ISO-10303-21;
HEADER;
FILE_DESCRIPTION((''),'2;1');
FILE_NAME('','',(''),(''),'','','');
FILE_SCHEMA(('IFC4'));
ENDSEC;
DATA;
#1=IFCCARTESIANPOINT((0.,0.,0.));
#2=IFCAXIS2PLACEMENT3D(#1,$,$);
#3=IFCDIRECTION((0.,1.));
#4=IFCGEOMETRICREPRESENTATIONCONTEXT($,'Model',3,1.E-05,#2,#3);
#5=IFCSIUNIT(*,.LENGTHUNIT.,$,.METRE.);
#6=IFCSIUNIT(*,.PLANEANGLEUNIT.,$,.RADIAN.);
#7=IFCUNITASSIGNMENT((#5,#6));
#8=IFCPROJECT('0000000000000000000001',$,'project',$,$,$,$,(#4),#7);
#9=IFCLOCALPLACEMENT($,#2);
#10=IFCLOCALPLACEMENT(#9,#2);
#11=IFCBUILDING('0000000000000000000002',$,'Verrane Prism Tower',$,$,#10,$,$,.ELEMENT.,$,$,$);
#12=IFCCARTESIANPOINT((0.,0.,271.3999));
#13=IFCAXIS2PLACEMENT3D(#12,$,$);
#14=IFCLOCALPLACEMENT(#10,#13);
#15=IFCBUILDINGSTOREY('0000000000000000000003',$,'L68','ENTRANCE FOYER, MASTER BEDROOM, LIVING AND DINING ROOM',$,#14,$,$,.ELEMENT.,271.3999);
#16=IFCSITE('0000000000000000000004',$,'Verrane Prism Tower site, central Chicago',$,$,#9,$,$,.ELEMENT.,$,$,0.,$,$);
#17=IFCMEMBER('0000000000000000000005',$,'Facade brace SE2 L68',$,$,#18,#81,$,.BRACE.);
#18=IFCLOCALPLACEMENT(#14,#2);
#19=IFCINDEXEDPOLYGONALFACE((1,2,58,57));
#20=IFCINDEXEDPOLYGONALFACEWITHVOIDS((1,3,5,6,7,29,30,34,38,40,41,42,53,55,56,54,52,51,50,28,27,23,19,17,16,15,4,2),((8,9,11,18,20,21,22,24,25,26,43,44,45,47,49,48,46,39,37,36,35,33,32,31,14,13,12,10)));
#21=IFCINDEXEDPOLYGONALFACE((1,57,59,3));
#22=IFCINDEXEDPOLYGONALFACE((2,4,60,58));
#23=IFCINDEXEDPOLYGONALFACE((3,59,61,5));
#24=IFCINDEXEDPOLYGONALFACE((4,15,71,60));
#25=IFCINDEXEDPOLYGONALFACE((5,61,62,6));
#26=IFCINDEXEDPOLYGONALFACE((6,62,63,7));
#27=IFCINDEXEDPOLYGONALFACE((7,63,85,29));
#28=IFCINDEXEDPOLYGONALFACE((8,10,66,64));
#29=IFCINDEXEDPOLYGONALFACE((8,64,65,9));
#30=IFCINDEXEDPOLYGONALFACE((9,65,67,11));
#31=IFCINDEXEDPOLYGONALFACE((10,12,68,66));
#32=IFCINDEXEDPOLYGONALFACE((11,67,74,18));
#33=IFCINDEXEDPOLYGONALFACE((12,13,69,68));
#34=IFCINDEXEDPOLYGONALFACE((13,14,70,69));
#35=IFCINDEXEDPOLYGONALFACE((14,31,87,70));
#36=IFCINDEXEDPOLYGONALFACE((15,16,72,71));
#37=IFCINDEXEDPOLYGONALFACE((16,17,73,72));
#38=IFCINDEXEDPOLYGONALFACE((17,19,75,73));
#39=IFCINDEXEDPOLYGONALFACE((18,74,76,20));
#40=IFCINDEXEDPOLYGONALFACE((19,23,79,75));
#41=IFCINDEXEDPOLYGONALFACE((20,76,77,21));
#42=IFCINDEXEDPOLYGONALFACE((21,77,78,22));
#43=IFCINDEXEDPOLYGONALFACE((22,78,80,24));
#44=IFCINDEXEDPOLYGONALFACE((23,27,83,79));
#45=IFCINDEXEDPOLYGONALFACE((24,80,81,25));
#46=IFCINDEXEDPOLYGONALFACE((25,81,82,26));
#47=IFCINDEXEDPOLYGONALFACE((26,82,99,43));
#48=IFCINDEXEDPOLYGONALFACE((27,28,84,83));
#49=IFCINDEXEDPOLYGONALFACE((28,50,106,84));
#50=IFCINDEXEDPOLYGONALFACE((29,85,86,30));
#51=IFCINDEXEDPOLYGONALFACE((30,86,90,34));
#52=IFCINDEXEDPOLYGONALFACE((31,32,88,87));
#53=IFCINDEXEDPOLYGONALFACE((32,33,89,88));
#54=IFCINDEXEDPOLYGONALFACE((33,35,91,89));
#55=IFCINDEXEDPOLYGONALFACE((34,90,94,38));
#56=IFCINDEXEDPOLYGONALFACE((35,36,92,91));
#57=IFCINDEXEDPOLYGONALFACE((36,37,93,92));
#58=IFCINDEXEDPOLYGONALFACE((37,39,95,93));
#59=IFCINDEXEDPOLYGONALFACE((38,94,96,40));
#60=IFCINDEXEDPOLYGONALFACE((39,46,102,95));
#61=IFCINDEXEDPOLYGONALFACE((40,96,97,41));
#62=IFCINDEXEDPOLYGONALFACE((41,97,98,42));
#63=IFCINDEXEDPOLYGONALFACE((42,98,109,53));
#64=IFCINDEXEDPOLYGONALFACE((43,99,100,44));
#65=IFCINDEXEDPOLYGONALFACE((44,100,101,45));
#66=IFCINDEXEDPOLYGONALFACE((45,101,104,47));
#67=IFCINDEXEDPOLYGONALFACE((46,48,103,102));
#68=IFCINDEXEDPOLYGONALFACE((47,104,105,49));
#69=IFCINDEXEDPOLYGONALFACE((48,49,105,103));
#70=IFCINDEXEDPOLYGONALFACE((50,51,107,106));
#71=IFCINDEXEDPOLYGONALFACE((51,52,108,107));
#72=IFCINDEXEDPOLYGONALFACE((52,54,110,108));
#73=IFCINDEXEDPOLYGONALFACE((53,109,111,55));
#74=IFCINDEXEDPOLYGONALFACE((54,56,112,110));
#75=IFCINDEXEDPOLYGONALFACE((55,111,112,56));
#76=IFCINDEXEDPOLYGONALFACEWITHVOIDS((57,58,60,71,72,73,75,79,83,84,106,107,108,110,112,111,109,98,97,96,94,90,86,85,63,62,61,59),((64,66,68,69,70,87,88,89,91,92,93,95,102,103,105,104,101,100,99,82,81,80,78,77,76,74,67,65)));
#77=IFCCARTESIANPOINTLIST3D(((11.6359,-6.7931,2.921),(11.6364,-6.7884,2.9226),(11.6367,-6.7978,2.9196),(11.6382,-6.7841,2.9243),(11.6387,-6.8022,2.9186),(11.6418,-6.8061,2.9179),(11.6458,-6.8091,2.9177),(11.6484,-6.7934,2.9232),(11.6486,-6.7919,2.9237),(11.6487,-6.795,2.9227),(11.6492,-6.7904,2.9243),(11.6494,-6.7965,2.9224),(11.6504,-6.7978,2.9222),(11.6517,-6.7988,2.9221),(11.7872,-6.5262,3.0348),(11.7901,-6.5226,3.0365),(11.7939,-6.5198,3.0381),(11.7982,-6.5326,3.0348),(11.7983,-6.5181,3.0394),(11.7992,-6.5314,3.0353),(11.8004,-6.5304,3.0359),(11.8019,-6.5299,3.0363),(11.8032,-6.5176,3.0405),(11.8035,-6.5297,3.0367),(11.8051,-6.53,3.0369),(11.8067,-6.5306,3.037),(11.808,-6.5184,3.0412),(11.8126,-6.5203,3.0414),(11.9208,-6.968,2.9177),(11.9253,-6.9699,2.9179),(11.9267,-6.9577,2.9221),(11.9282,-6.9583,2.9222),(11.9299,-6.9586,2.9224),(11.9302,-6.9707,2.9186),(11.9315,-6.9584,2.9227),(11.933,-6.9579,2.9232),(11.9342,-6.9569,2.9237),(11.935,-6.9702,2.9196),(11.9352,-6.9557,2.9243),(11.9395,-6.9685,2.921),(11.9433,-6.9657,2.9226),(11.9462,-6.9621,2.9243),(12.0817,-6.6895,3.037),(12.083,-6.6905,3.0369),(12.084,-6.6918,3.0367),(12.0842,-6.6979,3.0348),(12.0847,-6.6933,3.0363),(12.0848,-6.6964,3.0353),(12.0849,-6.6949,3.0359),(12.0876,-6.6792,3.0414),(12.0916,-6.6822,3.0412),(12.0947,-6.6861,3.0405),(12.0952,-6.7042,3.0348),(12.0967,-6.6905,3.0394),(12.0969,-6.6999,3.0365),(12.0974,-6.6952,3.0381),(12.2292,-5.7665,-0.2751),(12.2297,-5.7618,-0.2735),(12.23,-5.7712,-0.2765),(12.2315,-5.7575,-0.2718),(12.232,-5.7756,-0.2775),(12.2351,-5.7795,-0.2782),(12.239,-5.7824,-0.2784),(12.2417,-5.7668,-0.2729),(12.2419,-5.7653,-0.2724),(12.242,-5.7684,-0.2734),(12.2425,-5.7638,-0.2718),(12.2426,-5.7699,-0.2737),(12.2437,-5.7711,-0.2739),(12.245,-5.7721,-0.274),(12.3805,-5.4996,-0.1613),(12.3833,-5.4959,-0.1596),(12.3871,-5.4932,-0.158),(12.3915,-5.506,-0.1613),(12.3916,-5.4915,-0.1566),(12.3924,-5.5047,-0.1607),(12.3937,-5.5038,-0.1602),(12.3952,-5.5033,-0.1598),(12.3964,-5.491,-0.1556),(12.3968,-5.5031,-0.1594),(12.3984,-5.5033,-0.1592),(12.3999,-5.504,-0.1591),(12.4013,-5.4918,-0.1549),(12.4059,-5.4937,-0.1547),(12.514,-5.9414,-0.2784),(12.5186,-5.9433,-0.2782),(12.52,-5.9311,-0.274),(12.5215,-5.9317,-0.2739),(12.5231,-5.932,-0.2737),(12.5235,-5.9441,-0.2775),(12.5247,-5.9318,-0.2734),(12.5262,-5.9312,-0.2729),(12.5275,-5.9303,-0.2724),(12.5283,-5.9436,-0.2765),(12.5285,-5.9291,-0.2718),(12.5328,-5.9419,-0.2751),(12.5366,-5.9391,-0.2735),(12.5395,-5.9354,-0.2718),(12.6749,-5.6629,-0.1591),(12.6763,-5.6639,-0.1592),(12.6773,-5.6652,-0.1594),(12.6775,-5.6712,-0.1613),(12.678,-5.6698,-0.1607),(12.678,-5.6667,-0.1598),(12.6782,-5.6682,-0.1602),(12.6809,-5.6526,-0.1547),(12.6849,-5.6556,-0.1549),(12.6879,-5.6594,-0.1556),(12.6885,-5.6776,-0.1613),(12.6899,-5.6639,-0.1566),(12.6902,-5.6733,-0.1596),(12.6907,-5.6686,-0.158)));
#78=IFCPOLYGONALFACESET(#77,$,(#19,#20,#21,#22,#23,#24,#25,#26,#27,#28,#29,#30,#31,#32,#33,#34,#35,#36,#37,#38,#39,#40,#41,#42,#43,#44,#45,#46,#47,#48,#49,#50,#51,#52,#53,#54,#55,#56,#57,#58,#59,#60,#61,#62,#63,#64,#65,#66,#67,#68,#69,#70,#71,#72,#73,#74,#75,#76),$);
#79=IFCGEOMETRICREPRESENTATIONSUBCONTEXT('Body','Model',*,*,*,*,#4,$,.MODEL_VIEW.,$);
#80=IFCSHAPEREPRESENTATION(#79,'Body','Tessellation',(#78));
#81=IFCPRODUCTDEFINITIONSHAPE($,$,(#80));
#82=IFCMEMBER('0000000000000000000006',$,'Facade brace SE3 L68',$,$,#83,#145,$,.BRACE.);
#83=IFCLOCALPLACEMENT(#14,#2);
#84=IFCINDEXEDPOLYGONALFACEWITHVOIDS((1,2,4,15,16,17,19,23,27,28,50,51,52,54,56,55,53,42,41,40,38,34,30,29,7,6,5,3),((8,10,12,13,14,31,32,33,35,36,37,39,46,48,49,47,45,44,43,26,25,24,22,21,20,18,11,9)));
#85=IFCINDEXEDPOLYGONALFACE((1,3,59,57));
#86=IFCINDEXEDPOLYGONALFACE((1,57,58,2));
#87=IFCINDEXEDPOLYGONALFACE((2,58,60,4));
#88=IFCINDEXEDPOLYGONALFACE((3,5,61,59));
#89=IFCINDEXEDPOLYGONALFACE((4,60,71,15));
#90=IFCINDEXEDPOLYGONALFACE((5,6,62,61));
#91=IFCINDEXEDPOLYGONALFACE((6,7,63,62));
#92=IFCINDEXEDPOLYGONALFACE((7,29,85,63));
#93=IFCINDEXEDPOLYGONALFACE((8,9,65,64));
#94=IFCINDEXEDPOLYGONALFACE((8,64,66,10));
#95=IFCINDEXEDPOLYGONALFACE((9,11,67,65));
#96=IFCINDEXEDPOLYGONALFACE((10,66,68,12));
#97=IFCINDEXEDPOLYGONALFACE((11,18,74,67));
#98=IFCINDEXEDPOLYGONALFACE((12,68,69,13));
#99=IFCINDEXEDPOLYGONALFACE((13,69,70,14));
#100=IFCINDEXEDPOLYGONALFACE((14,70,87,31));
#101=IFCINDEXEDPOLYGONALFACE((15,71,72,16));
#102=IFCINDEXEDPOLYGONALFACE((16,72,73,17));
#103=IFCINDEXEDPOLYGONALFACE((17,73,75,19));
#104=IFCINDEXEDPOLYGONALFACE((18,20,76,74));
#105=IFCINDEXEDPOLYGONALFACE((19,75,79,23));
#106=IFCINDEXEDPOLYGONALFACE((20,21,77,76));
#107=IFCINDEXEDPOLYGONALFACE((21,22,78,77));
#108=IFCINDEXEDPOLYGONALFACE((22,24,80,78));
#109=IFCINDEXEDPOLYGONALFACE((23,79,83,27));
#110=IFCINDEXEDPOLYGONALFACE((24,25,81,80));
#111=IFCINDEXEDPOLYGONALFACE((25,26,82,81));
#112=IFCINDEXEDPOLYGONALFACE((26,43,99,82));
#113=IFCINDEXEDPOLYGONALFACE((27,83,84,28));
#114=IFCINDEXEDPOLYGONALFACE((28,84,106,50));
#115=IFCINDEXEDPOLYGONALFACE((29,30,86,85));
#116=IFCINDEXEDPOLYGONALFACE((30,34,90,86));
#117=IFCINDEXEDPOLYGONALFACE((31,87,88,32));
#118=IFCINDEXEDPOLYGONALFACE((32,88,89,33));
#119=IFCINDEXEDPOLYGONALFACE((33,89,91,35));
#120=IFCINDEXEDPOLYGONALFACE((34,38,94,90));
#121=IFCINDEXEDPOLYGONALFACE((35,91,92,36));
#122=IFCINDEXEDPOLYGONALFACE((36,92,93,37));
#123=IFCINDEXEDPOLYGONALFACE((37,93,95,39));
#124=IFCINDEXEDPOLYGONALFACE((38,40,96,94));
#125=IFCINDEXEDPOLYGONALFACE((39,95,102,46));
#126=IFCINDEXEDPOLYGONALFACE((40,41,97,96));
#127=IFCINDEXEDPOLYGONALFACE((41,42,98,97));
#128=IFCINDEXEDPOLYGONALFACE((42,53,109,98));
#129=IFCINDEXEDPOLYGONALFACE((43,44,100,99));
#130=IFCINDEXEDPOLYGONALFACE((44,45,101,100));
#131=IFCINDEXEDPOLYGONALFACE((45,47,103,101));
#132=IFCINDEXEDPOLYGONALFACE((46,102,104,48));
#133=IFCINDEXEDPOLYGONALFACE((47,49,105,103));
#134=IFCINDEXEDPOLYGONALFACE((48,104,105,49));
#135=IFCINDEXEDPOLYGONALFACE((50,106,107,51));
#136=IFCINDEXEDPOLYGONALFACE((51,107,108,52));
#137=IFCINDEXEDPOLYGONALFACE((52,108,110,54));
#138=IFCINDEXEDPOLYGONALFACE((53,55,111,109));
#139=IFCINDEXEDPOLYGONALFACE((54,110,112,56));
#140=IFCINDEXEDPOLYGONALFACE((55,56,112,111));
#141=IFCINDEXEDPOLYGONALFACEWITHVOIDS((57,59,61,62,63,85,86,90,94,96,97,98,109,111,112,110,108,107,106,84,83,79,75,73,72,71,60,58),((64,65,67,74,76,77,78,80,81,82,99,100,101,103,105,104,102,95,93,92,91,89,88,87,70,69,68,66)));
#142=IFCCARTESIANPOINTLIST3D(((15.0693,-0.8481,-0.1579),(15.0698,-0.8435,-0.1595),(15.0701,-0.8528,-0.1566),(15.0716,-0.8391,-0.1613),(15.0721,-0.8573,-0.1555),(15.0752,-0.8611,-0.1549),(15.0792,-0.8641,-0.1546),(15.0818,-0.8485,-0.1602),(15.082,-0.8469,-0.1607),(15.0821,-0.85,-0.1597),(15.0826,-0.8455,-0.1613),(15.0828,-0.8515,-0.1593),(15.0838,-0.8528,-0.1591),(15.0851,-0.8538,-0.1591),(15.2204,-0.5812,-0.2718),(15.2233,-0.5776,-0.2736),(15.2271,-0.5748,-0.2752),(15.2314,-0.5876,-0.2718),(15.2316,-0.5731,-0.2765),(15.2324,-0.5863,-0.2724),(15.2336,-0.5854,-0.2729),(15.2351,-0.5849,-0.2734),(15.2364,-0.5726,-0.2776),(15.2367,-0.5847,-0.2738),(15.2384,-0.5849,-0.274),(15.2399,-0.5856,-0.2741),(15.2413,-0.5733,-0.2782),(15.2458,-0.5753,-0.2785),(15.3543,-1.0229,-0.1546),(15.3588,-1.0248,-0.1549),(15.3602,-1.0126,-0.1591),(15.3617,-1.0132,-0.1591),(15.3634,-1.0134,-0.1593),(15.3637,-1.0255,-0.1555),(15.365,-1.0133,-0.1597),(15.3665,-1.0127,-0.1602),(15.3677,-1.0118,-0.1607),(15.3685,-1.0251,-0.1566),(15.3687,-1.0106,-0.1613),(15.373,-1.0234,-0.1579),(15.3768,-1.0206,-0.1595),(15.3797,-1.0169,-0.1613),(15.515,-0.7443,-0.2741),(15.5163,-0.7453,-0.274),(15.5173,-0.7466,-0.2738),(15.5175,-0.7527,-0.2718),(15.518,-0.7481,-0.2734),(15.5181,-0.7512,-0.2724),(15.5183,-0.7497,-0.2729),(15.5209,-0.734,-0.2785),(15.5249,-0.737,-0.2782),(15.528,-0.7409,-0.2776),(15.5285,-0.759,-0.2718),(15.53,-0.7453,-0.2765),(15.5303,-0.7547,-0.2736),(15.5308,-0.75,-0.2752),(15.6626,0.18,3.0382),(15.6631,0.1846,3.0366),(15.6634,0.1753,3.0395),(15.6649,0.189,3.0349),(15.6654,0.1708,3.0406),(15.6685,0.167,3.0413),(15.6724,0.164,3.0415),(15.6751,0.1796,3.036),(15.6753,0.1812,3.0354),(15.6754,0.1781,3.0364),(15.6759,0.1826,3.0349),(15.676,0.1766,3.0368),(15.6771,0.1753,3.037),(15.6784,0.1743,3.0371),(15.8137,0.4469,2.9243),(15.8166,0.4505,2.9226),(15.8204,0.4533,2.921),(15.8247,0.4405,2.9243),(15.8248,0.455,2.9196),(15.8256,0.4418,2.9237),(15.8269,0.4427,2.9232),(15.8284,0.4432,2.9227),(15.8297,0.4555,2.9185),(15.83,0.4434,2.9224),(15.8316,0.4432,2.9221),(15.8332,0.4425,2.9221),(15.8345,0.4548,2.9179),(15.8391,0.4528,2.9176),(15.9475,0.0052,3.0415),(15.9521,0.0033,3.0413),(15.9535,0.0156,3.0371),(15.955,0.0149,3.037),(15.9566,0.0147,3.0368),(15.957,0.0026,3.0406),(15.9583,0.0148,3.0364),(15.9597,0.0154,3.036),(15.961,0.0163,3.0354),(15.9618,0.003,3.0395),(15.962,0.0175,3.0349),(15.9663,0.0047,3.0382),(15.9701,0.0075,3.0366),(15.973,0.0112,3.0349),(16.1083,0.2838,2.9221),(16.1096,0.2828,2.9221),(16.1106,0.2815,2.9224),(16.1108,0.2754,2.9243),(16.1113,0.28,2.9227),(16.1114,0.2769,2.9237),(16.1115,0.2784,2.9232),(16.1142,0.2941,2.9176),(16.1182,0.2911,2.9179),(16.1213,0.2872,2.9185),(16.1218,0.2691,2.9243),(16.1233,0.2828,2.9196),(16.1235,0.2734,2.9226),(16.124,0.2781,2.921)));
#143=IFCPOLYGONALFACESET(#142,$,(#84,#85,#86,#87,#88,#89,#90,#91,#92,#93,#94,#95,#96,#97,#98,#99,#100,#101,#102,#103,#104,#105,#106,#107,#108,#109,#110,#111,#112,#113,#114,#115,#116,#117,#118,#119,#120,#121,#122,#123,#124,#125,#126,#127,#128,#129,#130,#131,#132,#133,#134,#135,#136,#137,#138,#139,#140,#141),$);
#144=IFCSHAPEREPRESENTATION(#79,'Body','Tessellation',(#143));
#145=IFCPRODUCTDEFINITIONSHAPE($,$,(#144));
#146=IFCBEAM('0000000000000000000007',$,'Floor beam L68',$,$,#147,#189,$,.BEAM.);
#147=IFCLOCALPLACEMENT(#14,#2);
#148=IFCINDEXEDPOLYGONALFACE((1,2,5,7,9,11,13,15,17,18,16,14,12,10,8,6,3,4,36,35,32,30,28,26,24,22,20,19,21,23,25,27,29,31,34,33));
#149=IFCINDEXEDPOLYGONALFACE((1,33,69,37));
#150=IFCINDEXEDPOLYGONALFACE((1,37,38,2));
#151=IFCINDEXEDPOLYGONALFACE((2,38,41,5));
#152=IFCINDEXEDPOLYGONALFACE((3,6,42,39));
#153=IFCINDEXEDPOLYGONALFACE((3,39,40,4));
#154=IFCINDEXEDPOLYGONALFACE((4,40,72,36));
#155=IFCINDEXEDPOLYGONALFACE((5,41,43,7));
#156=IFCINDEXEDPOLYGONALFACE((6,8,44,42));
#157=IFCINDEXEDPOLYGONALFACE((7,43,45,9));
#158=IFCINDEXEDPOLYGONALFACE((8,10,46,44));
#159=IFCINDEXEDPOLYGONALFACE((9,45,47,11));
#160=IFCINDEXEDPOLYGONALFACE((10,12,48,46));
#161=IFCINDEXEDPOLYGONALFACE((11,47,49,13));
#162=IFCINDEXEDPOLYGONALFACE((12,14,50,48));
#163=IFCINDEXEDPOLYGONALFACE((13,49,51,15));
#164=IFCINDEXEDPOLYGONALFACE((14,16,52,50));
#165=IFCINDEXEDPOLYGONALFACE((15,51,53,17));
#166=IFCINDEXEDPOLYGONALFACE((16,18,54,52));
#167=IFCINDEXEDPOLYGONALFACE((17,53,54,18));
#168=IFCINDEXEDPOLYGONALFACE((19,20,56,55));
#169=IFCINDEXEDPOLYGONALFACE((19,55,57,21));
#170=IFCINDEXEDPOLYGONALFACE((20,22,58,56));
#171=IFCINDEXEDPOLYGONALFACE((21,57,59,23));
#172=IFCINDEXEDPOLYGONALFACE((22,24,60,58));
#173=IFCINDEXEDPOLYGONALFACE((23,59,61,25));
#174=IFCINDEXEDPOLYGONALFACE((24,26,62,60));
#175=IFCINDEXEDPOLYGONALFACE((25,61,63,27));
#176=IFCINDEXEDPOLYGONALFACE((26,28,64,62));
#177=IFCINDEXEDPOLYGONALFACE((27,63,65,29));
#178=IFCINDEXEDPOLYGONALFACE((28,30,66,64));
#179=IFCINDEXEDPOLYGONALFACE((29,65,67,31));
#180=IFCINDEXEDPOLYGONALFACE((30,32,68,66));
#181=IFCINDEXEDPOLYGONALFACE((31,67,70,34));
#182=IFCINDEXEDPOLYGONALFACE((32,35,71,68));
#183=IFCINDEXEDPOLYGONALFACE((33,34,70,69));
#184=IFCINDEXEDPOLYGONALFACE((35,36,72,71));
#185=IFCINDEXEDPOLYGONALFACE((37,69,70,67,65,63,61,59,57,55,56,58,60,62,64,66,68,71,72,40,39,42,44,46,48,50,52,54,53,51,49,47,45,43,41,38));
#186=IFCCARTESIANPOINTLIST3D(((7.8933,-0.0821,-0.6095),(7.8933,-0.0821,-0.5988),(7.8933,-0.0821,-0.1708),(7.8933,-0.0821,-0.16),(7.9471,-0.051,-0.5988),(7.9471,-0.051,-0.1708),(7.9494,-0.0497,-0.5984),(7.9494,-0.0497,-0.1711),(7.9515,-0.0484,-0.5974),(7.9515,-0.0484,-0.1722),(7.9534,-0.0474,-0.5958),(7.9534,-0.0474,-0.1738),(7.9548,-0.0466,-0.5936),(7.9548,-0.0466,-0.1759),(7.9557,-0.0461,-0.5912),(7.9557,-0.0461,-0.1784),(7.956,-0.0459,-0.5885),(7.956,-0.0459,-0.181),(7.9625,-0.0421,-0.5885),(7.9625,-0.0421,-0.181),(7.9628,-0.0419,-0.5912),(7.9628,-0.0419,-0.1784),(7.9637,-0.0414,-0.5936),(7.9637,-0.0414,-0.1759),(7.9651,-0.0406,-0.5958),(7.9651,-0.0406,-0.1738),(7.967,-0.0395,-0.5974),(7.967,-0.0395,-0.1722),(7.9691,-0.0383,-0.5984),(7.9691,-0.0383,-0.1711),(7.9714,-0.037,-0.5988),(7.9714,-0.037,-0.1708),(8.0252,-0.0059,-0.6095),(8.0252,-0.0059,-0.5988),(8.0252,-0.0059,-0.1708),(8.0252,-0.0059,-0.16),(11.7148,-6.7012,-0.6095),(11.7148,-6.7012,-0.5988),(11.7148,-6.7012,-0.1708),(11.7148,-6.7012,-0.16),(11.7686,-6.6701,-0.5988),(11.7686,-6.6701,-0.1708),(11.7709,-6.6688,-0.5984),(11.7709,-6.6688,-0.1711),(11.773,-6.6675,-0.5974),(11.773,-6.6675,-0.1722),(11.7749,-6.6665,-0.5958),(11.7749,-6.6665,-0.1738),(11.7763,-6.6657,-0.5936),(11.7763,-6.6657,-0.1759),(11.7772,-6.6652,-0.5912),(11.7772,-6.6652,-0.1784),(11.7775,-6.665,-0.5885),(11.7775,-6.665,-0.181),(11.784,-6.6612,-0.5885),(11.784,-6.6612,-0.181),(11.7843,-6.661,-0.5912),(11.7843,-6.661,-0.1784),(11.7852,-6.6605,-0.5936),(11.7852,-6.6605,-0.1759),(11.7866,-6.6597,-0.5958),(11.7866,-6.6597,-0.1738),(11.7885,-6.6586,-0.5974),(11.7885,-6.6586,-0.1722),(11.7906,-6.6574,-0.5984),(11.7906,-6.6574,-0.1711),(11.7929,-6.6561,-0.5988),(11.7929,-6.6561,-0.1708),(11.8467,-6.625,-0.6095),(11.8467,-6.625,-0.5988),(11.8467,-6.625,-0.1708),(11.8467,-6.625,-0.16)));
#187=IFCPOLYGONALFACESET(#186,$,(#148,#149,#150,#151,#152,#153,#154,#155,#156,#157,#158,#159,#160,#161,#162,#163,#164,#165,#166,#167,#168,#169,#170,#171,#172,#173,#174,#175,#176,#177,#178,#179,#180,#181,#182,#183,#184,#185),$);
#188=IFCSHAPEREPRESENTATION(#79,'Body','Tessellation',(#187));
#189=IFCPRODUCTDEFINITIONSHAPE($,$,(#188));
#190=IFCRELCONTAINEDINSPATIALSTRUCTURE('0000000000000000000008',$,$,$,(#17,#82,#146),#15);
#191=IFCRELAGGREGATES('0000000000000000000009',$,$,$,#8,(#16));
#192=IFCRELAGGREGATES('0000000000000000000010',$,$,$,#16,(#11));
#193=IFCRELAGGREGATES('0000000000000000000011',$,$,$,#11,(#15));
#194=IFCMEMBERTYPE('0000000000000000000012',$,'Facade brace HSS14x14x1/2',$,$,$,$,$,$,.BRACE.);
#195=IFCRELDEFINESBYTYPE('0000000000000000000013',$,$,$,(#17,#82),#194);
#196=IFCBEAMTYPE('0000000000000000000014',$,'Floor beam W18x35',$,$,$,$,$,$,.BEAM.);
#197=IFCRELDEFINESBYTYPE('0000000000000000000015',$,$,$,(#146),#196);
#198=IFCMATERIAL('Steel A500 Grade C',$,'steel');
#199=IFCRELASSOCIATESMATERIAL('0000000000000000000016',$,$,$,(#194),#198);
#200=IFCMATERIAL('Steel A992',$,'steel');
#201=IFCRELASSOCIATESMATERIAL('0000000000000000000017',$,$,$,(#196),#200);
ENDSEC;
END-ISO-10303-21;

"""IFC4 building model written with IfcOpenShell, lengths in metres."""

from ifc_helpers import new_model, si_unit, direction, frame, origin, origin_2d, place, context, subcontext, project, spatial, hollow_rectangle, i_section, extrude, material, material_profile, profile_set, type_object, element, save


model = new_model("IFC4")

# Units and contexts
model_context = context("Model", 3, precision=1e-05, world=origin(), true_north=direction((0.0, 1.0)))
body_context = subcontext(model_context, "Body", "Model", "MODEL_VIEW")
ifc_project = project(units=[si_unit("LENGTHUNIT", "METRE"), si_unit("PLANEANGLEUNIT", "RADIAN")], contexts=[model_context])

# Site, building, storey
site_placement = place(None, origin())
site = spatial("IfcSite", under=ifc_project, at=site_placement, Name="Verrane Prism Tower site, central Chicago", CompositionType="ELEMENT", RefElevation=0.0)
building_placement = place(site_placement, origin())
building = spatial("IfcBuilding", under=site, at=building_placement, Name="Verrane Prism Tower", CompositionType="ELEMENT")
storey_placement = place(building_placement, frame((0.0, 0.0, 271.3999)))
storey = spatial("IfcBuildingStorey", under=building, at=storey_placement, Name="L68", Description="ENTRANCE FOYER, MASTER BEDROOM, LIVING AND DINING ROOM", CompositionType="ELEMENT", Elevation=271.3999)

# Members
ifc_material_1 = material(Name="Steel A500 Grade C", Category="steel")
ifc_material_profile_1 = material_profile(ifc_material_1, hollow_rectangle(XDim=0.3557, YDim=0.3557, WallThickness=0.0127, InnerFilletRadius=0.0063, OuterFilletRadius=0.019, at=origin_2d()), Name="HSS14x14x1/2")
ifc_profile_set_1 = profile_set([ifc_material_profile_1], Name="Steel A500 Grade C")
member_type_1 = type_object("IfcMemberType", Name="Facade brace HSS14x14x1/2", PredefinedType="BRACE", material=ifc_profile_set_1)
member_1_placement = place(storey_placement, frame((12.46, -5.7175, -0.2166), z_axis=(-0.174033, -0.301156, 0.937559), x_axis=(0.865825, -0.500346, 0.0)))
element("IfcMember", 1, at=member_1_placement, inside=storey, type_object=member_type_1, Name="Facade brace SE2 L68", PredefinedType="BRACE", context=body_context, shape_type="SweptSolid", body=[
    extrude(hollow_rectangle(XDim=0.3557, YDim=0.3557, WallThickness=0.0127, InnerFilletRadius=0.0063, OuterFilletRadius=0.019, at=origin_2d()), origin(), (0.0, 0.0, 1.0), 3.4089),
])
member_2_placement = place(storey_placement, frame((15.3, -0.7991, -0.2166), z_axis=(0.174011, 0.301547, 0.937438), x_axis=(-0.866134, 0.499811, 0.0)))
element("IfcMember", 2, at=member_2_placement, inside=storey, type_object=member_type_1, Name="Facade brace SE3 L68", PredefinedType="BRACE", context=body_context, shape_type="SweptSolid", body=[
    extrude(hollow_rectangle(XDim=0.3557, YDim=0.3557, WallThickness=0.0127, InnerFilletRadius=0.0063, OuterFilletRadius=0.019, at=origin_2d()), origin(), (0.0, 0.0, 1.0), 3.4094),
])

# Beam
ifc_material_2 = material(Name="Steel A992", Category="steel")
ifc_material_profile_2 = material_profile(ifc_material_2, i_section(OverallWidth=0.1523, OverallDepth=0.4495, WebThickness=0.0076, FlangeThickness=0.0107, FilletRadius=0.0103, at=origin_2d()), Name="W18x35")
ifc_profile_set_2 = profile_set([ifc_material_profile_2], Name="Steel A992")
beam_type_1 = type_object("IfcBeamType", Name="Floor beam W18x35", PredefinedType="BEAM", material=ifc_profile_set_2)
beam_1_placement = place(storey_placement, frame((11.7808, -6.6631, -0.3848), z_axis=(-0.499997, 0.866027, 0.0), x_axis=(-0.866027, -0.499997, 0.0)))
element("IfcBeam", 3, at=beam_1_placement, inside=storey, type_object=beam_type_1, Name="Floor beam L68", PredefinedType="BEAM", context=body_context, shape_type="SweptSolid", body=[
    extrude(i_section(OverallWidth=0.1523, OverallDepth=0.4495, WebThickness=0.0076, FlangeThickness=0.0107, FilletRadius=0.0103, at=origin_2d()), origin(), (0.0, 0.0, 1.0), 7.6431),
])

save(model, "model.ifc")
